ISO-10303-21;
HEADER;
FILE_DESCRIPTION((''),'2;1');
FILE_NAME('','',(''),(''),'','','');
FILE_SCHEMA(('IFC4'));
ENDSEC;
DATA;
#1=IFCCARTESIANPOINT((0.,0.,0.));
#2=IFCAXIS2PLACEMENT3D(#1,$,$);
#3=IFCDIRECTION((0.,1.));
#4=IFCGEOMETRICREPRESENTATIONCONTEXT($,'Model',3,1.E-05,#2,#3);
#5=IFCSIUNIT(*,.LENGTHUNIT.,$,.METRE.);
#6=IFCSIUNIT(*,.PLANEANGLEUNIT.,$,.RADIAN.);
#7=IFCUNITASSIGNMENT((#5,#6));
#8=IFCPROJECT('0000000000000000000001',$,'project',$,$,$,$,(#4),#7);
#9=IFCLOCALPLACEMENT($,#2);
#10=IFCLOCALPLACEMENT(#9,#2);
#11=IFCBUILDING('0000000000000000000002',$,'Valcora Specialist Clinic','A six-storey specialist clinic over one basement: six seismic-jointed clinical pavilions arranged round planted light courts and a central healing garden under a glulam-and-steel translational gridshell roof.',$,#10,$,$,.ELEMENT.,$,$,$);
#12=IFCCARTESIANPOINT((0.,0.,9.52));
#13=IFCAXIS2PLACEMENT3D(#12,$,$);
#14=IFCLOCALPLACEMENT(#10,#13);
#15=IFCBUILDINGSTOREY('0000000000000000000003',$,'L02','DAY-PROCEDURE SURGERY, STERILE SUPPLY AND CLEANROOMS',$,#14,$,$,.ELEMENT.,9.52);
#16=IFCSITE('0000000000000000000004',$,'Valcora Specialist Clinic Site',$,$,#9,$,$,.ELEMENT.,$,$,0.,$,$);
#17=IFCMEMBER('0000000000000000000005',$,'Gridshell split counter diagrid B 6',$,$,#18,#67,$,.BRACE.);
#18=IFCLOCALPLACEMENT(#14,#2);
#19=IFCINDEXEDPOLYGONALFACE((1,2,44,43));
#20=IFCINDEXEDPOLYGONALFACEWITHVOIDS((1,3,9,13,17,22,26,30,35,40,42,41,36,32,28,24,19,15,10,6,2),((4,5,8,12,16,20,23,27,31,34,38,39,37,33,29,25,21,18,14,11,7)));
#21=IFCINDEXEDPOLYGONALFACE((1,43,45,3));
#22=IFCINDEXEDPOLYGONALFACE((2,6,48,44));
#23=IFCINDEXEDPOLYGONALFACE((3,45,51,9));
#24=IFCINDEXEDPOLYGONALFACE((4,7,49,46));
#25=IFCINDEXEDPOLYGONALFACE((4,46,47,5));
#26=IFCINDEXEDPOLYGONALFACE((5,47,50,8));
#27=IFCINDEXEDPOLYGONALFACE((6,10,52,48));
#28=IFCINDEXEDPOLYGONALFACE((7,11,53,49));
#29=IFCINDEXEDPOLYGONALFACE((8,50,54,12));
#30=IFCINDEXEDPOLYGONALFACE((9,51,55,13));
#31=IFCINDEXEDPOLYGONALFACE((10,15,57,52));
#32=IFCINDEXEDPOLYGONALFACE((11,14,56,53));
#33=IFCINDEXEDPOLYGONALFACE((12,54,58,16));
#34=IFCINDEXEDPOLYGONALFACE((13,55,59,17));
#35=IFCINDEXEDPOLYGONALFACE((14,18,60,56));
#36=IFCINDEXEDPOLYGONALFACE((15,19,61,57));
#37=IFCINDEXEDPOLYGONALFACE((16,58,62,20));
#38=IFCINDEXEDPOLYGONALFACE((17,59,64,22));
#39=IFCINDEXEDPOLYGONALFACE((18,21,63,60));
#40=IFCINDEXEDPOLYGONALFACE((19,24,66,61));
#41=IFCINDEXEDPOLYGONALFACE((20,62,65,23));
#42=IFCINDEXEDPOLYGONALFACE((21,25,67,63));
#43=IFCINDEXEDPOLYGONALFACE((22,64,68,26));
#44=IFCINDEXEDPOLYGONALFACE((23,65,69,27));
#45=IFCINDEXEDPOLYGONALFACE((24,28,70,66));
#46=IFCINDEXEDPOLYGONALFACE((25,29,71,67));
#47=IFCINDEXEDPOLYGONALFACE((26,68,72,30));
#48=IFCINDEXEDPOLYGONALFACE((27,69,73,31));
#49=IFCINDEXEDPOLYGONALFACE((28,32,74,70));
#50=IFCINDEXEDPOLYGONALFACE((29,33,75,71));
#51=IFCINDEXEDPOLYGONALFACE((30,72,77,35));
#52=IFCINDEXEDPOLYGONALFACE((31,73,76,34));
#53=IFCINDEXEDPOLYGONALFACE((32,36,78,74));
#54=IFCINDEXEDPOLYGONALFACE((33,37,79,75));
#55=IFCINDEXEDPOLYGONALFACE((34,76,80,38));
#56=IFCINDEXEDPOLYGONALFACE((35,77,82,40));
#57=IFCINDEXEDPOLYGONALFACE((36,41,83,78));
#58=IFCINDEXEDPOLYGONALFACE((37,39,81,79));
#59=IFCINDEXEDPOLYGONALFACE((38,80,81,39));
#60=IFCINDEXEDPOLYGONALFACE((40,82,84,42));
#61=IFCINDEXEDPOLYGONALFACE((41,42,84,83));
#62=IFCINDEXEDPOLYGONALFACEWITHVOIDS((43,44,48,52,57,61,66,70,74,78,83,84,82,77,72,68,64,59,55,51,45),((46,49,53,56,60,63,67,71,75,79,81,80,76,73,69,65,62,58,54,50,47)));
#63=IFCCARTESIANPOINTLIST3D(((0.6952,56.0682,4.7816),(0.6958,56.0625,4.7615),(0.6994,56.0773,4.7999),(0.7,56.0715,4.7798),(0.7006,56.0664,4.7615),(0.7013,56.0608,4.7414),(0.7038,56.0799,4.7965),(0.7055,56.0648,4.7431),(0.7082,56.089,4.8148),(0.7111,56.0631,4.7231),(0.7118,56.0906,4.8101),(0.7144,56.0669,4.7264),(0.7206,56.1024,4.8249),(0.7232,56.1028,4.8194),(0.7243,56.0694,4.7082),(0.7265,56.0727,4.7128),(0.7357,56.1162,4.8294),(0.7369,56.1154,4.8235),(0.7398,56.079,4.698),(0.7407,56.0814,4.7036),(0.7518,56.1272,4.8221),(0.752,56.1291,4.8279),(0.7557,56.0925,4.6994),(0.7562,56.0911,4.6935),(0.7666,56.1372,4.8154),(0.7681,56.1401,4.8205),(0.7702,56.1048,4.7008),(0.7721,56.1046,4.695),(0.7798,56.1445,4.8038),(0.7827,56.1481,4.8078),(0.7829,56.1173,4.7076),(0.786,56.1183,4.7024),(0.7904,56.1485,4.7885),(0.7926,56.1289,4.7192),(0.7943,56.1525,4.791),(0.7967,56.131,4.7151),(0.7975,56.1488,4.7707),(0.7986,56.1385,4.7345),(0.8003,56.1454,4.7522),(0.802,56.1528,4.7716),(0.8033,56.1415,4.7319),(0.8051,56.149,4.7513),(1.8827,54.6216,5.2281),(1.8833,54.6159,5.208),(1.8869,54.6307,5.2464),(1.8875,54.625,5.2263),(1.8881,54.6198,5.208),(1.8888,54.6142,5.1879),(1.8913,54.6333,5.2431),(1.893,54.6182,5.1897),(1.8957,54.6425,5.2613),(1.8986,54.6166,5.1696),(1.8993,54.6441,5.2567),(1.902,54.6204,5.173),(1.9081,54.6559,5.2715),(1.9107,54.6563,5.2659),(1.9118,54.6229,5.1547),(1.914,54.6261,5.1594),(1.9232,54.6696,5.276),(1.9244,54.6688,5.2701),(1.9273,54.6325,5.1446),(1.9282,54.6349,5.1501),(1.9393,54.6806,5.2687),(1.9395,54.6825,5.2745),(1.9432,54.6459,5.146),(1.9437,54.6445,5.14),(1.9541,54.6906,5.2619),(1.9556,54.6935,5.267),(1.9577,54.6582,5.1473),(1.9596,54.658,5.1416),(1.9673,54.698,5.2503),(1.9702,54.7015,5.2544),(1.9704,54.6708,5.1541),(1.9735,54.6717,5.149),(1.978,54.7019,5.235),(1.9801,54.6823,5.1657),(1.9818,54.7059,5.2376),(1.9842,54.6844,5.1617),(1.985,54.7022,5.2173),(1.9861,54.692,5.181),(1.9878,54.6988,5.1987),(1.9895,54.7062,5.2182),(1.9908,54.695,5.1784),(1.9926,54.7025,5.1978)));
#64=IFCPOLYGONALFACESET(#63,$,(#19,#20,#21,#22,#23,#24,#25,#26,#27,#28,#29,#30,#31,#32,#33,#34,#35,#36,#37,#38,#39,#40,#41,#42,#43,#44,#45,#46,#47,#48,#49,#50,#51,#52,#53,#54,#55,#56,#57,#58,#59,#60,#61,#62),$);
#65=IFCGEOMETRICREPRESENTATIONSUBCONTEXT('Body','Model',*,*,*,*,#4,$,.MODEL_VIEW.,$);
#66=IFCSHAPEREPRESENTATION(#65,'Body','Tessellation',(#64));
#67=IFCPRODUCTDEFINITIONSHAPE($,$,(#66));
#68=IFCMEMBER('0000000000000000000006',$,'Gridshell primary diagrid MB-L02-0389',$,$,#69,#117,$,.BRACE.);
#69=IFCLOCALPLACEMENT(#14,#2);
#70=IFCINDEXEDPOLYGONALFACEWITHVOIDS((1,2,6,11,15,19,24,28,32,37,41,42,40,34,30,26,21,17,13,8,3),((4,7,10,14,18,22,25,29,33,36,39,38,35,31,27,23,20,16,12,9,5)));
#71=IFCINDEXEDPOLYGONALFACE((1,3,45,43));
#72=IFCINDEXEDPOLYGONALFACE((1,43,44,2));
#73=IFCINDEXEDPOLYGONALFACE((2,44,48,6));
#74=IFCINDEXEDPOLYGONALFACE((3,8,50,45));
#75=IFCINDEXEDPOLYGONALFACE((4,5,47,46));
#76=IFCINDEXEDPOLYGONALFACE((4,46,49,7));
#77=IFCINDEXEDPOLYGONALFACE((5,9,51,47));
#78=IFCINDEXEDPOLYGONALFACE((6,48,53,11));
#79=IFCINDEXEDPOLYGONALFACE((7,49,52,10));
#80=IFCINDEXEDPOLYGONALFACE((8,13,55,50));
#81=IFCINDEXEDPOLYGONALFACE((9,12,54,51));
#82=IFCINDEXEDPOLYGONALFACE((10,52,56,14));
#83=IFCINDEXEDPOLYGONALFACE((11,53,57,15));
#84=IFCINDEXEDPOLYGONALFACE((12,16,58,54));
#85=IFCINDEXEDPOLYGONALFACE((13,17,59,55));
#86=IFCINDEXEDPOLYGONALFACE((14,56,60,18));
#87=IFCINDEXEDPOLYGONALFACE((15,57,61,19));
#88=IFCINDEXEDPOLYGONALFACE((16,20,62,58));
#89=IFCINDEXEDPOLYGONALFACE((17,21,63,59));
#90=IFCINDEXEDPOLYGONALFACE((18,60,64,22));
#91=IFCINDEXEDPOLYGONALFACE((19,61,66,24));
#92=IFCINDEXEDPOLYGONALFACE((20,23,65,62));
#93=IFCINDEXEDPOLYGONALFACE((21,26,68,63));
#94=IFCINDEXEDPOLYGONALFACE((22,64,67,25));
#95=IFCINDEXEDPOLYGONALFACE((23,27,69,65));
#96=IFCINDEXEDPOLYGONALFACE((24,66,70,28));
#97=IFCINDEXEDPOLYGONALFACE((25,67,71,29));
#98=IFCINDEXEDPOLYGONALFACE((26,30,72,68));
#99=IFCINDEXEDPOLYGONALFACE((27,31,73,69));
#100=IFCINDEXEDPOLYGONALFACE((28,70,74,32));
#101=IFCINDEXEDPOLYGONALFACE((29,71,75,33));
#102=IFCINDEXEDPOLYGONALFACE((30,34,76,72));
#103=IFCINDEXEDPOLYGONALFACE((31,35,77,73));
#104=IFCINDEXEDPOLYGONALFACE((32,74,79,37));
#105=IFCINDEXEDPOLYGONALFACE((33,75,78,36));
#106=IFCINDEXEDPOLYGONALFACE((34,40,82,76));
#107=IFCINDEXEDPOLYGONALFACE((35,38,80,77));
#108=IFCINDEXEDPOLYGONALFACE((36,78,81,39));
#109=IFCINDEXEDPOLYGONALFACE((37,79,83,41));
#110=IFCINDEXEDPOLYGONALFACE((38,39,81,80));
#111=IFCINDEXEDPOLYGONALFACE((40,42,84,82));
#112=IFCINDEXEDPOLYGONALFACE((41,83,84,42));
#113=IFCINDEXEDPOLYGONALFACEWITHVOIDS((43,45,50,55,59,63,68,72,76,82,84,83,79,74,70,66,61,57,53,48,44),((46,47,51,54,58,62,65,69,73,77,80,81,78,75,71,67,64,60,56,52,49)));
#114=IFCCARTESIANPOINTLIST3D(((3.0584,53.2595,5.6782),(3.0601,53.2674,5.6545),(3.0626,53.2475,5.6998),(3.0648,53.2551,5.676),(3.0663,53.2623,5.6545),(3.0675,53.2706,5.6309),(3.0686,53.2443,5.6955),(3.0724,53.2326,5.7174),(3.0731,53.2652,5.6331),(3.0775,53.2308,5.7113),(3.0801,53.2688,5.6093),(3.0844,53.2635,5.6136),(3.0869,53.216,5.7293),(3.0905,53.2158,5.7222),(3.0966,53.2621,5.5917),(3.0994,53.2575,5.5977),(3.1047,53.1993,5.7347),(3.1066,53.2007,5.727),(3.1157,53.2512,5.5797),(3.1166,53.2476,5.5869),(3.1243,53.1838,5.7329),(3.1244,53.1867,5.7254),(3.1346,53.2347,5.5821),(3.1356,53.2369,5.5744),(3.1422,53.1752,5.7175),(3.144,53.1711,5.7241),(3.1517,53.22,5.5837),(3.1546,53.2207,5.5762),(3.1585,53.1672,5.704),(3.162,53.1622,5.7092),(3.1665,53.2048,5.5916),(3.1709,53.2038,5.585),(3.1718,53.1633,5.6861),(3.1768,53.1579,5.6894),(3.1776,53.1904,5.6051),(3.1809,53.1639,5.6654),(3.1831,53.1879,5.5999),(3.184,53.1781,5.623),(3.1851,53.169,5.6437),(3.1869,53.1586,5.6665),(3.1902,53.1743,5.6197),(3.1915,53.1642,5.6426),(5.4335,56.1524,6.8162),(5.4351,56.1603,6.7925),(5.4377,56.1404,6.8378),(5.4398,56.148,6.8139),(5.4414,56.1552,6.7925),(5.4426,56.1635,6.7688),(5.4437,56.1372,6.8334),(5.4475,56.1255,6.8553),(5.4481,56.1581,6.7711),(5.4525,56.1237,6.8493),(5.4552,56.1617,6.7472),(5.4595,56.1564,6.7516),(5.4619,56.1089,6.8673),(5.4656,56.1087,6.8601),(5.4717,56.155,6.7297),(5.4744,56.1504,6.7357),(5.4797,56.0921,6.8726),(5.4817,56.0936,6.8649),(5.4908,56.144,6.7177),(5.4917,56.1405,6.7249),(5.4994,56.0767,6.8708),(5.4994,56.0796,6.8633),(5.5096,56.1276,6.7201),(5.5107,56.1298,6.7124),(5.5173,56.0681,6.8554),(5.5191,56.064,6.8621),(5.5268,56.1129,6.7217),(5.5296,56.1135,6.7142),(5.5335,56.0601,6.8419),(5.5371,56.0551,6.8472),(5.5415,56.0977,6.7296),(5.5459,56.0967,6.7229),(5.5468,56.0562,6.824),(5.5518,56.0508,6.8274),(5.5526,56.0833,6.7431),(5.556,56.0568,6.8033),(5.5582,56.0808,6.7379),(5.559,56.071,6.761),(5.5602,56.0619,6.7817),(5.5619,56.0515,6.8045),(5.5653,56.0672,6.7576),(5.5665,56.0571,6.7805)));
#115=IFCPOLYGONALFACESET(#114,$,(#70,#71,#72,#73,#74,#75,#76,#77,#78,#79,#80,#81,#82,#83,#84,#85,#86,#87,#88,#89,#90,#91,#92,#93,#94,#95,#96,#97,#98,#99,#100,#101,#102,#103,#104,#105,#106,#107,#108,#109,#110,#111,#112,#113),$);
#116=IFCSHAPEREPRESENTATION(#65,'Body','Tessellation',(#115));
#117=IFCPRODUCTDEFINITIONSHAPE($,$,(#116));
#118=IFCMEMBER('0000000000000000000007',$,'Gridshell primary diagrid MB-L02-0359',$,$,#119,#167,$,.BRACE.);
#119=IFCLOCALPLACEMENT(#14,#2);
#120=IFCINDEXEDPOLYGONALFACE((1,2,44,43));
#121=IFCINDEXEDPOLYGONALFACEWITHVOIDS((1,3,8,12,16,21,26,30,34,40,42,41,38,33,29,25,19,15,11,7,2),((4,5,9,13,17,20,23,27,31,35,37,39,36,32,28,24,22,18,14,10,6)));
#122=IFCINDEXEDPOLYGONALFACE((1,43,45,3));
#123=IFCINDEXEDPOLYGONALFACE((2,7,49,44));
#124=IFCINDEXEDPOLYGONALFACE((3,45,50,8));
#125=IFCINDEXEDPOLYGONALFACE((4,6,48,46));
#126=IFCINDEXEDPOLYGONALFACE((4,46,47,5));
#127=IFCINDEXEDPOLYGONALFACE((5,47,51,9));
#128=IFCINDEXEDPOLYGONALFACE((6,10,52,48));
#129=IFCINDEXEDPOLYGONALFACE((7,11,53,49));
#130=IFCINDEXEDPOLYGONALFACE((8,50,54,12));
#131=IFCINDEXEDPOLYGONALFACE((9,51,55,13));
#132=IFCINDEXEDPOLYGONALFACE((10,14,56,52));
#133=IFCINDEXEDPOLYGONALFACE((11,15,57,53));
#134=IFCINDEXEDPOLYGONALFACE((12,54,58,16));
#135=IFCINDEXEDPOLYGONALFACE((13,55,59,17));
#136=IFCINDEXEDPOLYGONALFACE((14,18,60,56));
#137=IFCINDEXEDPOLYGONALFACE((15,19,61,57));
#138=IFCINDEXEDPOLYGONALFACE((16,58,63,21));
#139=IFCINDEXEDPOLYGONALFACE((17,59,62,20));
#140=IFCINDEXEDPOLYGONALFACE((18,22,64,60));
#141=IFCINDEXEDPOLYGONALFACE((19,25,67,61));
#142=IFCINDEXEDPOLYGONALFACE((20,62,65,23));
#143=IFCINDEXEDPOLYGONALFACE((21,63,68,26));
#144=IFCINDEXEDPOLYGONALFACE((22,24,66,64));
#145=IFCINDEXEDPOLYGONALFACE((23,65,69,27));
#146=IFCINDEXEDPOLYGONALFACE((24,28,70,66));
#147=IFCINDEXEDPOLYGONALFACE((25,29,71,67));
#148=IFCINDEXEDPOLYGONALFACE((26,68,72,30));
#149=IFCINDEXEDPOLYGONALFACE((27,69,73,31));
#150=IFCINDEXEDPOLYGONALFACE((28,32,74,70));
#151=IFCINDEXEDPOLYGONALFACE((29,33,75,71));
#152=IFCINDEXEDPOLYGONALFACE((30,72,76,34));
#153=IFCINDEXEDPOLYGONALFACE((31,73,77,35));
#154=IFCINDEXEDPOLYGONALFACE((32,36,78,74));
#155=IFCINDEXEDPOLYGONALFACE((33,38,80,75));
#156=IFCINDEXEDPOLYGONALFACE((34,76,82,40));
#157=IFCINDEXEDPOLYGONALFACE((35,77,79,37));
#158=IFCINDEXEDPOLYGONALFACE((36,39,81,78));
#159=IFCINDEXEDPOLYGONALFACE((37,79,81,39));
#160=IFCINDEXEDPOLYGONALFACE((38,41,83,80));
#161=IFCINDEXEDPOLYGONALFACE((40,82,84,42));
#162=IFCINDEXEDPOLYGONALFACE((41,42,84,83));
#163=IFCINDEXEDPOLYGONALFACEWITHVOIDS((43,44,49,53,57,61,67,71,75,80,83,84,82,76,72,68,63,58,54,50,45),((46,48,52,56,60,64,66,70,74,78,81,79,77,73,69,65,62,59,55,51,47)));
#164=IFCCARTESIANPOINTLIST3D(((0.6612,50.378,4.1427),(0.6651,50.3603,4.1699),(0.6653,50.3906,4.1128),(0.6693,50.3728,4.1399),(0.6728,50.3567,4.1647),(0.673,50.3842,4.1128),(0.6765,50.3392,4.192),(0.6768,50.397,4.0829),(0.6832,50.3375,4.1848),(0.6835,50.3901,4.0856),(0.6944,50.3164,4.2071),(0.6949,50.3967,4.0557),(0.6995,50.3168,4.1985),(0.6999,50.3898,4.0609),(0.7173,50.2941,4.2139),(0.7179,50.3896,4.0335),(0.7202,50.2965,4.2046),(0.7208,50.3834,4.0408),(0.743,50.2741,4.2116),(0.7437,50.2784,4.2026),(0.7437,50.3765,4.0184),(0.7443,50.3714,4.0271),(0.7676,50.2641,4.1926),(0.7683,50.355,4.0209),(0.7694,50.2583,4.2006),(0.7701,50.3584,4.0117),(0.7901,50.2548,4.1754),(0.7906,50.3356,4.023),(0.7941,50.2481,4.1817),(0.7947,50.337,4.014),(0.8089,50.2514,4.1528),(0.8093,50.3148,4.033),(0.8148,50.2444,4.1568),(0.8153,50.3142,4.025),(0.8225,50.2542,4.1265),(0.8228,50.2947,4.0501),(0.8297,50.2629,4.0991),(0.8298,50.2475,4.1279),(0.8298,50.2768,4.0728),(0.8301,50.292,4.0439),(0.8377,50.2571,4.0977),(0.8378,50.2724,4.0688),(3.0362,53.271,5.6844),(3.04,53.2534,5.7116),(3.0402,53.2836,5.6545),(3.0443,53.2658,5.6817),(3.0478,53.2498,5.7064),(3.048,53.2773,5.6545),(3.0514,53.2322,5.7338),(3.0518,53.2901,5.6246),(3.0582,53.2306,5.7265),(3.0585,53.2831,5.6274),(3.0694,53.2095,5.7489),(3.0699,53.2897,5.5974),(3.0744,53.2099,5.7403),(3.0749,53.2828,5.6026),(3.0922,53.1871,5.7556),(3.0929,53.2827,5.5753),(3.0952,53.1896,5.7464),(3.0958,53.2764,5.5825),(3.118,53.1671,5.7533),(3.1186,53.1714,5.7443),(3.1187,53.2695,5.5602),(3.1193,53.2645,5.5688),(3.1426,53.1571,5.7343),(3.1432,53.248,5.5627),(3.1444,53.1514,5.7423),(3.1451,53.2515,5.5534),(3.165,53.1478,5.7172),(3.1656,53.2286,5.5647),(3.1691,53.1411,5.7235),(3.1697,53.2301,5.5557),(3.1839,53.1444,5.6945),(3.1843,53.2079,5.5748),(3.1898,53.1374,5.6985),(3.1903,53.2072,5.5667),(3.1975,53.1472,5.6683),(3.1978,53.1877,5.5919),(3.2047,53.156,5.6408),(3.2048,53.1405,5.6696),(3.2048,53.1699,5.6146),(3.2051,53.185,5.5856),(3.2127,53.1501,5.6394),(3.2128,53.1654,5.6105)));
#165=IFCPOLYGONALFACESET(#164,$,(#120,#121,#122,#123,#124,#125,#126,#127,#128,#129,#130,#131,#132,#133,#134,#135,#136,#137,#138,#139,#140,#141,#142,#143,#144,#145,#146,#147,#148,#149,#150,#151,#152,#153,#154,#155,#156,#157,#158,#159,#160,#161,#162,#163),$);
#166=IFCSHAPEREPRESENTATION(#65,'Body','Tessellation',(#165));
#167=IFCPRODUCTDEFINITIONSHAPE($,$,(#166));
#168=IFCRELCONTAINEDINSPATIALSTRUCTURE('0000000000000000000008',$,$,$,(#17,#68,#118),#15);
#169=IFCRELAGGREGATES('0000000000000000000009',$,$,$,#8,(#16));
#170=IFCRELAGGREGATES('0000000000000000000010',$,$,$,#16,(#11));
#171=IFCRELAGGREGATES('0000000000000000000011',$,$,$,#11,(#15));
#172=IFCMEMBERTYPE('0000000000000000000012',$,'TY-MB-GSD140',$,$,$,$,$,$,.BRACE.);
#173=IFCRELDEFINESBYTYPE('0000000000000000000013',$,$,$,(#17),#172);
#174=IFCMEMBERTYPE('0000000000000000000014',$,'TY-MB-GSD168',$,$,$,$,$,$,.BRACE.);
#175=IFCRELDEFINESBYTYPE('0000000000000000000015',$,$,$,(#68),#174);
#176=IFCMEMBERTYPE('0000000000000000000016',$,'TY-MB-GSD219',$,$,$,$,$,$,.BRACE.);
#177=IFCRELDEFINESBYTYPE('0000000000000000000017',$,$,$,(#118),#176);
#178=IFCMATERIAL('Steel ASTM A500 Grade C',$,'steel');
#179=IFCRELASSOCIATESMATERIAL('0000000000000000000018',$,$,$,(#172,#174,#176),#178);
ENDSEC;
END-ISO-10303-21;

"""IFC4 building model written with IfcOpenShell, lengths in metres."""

from ifc_helpers import new_model, si_unit, direction, frame, origin, origin_2d, place, context, subcontext, project, spatial, hollow_circle, extrude, material, material_profile, profile_set, type_object, element, save


model = new_model("IFC4")

# Units and contexts
model_context = context("Model", 3, precision=1e-05, world=origin(), true_north=direction((0.0, 1.0)))
body_context = subcontext(model_context, "Body", "Model", "MODEL_VIEW")
ifc_project = project(units=[si_unit("LENGTHUNIT", "METRE"), si_unit("PLANEANGLEUNIT", "RADIAN")], contexts=[model_context])

# Site, building, storey
site_placement = place(None, origin())
site = spatial("IfcSite", under=ifc_project, at=site_placement, Name="Valcora Specialist Clinic Site", CompositionType="ELEMENT", RefElevation=0.0)
building_placement = place(site_placement, origin())
building = spatial("IfcBuilding", under=site, at=building_placement, Name="Valcora Specialist Clinic", Description="A six-storey specialist clinic over one basement: six seismic-jointed clinical pavilions arranged round planted light courts and a central healing garden under a glulam-and-steel translational gridshell roof.", CompositionType="ELEMENT")
storey_placement = place(building_placement, frame((0.0, 0.0, 9.52)))
storey = spatial("IfcBuildingStorey", under=building, at=storey_placement, Name="L02", Description="DAY-PROCEDURE SURGERY, STERILE SUPPLY AND CLEANROOMS", CompositionType="ELEMENT", Elevation=9.52)

# Members
ifc_material_1 = material(Name="Steel ASTM A500 Grade C", Category="steel")
ifc_material_profile_1 = material_profile(ifc_material_1, hollow_circle(Radius=0.0701, WallThickness=0.0061, at=origin_2d()), Name="ST-CHS-140X6")
ifc_profile_set_1 = profile_set([ifc_material_profile_1], Name="Steel ASTM A500 Grade C")
member_type_1 = type_object("IfcMemberType", Name="TY-MB-GSD140", PredefinedType="BRACE", material=ifc_profile_set_1)
member_1_placement = place(storey_placement, frame((1.9375, 54.6604, 5.208), z_axis=(-0.617185, 0.751813, -0.232079), x_axis=(-0.772916, -0.634508, 0.0)))
element("IfcMember", 1, at=member_1_placement, inside=storey, type_object=member_type_1, Name="Gridshell split counter diagrid B 6", PredefinedType="BRACE", context=body_context, shape_type="SweptSolid", body=[
    extrude(hollow_circle(Radius=0.0701, WallThickness=0.0061, at=origin_2d()), origin(), (0.0, 0.0, 1.0), 1.9241),
])
ifc_material_profile_2 = material_profile(ifc_material_1, hollow_circle(Radius=0.084, WallThickness=0.0081, at=origin_2d()), Name="ST-CHS-168X8")
ifc_profile_set_2 = profile_set([ifc_material_profile_2], Name="Steel ASTM A500 Grade C")
member_type_2 = type_object("IfcMemberType", Name="TY-MB-GSD168", PredefinedType="BRACE", material=ifc_profile_set_2)
member_2_placement = place(storey_placement, frame((3.125, 53.2141, 5.6545), z_axis=(0.607102, 0.739469, 0.290882), x_axis=(-0.77289, 0.63454, 0.0)))
element("IfcMember", 2, at=member_2_placement, inside=storey, type_object=member_type_2, Name="Gridshell primary diagrid MB-L02-0389", PredefinedType="BRACE", context=body_context, shape_type="SweptSolid", body=[
    extrude(hollow_circle(Radius=0.084, WallThickness=0.0081, at=origin_2d()), origin(), (0.0, 0.0, 1.0), 3.9121),
])
ifc_material_profile_3 = material_profile(ifc_material_1, hollow_circle(Radius=0.1096, WallThickness=0.01, at=origin_2d()), Name="ST-CHS-219X10")
ifc_profile_set_3 = profile_set([ifc_material_profile_3], Name="Steel ASTM A500 Grade C")
member_type_3 = type_object("IfcMemberType", Name="TY-MB-GSD219", PredefinedType="BRACE", material=ifc_profile_set_3)
member_3_placement = place(storey_placement, frame((0.75, 50.321, 4.1128), z_axis=(0.586689, 0.714665, 0.380853), x_axis=(-0.772916, 0.634508, 0.0)))
element("IfcMember", 3, at=member_3_placement, inside=storey, type_object=member_type_3, Name="Gridshell primary diagrid MB-L02-0359", PredefinedType="BRACE", context=body_context, shape_type="SweptSolid", body=[
    extrude(hollow_circle(Radius=0.1096, WallThickness=0.01, at=origin_2d()), origin(), (0.0, 0.0, 1.0), 4.0481),
])

save(model, "model.ifc")
